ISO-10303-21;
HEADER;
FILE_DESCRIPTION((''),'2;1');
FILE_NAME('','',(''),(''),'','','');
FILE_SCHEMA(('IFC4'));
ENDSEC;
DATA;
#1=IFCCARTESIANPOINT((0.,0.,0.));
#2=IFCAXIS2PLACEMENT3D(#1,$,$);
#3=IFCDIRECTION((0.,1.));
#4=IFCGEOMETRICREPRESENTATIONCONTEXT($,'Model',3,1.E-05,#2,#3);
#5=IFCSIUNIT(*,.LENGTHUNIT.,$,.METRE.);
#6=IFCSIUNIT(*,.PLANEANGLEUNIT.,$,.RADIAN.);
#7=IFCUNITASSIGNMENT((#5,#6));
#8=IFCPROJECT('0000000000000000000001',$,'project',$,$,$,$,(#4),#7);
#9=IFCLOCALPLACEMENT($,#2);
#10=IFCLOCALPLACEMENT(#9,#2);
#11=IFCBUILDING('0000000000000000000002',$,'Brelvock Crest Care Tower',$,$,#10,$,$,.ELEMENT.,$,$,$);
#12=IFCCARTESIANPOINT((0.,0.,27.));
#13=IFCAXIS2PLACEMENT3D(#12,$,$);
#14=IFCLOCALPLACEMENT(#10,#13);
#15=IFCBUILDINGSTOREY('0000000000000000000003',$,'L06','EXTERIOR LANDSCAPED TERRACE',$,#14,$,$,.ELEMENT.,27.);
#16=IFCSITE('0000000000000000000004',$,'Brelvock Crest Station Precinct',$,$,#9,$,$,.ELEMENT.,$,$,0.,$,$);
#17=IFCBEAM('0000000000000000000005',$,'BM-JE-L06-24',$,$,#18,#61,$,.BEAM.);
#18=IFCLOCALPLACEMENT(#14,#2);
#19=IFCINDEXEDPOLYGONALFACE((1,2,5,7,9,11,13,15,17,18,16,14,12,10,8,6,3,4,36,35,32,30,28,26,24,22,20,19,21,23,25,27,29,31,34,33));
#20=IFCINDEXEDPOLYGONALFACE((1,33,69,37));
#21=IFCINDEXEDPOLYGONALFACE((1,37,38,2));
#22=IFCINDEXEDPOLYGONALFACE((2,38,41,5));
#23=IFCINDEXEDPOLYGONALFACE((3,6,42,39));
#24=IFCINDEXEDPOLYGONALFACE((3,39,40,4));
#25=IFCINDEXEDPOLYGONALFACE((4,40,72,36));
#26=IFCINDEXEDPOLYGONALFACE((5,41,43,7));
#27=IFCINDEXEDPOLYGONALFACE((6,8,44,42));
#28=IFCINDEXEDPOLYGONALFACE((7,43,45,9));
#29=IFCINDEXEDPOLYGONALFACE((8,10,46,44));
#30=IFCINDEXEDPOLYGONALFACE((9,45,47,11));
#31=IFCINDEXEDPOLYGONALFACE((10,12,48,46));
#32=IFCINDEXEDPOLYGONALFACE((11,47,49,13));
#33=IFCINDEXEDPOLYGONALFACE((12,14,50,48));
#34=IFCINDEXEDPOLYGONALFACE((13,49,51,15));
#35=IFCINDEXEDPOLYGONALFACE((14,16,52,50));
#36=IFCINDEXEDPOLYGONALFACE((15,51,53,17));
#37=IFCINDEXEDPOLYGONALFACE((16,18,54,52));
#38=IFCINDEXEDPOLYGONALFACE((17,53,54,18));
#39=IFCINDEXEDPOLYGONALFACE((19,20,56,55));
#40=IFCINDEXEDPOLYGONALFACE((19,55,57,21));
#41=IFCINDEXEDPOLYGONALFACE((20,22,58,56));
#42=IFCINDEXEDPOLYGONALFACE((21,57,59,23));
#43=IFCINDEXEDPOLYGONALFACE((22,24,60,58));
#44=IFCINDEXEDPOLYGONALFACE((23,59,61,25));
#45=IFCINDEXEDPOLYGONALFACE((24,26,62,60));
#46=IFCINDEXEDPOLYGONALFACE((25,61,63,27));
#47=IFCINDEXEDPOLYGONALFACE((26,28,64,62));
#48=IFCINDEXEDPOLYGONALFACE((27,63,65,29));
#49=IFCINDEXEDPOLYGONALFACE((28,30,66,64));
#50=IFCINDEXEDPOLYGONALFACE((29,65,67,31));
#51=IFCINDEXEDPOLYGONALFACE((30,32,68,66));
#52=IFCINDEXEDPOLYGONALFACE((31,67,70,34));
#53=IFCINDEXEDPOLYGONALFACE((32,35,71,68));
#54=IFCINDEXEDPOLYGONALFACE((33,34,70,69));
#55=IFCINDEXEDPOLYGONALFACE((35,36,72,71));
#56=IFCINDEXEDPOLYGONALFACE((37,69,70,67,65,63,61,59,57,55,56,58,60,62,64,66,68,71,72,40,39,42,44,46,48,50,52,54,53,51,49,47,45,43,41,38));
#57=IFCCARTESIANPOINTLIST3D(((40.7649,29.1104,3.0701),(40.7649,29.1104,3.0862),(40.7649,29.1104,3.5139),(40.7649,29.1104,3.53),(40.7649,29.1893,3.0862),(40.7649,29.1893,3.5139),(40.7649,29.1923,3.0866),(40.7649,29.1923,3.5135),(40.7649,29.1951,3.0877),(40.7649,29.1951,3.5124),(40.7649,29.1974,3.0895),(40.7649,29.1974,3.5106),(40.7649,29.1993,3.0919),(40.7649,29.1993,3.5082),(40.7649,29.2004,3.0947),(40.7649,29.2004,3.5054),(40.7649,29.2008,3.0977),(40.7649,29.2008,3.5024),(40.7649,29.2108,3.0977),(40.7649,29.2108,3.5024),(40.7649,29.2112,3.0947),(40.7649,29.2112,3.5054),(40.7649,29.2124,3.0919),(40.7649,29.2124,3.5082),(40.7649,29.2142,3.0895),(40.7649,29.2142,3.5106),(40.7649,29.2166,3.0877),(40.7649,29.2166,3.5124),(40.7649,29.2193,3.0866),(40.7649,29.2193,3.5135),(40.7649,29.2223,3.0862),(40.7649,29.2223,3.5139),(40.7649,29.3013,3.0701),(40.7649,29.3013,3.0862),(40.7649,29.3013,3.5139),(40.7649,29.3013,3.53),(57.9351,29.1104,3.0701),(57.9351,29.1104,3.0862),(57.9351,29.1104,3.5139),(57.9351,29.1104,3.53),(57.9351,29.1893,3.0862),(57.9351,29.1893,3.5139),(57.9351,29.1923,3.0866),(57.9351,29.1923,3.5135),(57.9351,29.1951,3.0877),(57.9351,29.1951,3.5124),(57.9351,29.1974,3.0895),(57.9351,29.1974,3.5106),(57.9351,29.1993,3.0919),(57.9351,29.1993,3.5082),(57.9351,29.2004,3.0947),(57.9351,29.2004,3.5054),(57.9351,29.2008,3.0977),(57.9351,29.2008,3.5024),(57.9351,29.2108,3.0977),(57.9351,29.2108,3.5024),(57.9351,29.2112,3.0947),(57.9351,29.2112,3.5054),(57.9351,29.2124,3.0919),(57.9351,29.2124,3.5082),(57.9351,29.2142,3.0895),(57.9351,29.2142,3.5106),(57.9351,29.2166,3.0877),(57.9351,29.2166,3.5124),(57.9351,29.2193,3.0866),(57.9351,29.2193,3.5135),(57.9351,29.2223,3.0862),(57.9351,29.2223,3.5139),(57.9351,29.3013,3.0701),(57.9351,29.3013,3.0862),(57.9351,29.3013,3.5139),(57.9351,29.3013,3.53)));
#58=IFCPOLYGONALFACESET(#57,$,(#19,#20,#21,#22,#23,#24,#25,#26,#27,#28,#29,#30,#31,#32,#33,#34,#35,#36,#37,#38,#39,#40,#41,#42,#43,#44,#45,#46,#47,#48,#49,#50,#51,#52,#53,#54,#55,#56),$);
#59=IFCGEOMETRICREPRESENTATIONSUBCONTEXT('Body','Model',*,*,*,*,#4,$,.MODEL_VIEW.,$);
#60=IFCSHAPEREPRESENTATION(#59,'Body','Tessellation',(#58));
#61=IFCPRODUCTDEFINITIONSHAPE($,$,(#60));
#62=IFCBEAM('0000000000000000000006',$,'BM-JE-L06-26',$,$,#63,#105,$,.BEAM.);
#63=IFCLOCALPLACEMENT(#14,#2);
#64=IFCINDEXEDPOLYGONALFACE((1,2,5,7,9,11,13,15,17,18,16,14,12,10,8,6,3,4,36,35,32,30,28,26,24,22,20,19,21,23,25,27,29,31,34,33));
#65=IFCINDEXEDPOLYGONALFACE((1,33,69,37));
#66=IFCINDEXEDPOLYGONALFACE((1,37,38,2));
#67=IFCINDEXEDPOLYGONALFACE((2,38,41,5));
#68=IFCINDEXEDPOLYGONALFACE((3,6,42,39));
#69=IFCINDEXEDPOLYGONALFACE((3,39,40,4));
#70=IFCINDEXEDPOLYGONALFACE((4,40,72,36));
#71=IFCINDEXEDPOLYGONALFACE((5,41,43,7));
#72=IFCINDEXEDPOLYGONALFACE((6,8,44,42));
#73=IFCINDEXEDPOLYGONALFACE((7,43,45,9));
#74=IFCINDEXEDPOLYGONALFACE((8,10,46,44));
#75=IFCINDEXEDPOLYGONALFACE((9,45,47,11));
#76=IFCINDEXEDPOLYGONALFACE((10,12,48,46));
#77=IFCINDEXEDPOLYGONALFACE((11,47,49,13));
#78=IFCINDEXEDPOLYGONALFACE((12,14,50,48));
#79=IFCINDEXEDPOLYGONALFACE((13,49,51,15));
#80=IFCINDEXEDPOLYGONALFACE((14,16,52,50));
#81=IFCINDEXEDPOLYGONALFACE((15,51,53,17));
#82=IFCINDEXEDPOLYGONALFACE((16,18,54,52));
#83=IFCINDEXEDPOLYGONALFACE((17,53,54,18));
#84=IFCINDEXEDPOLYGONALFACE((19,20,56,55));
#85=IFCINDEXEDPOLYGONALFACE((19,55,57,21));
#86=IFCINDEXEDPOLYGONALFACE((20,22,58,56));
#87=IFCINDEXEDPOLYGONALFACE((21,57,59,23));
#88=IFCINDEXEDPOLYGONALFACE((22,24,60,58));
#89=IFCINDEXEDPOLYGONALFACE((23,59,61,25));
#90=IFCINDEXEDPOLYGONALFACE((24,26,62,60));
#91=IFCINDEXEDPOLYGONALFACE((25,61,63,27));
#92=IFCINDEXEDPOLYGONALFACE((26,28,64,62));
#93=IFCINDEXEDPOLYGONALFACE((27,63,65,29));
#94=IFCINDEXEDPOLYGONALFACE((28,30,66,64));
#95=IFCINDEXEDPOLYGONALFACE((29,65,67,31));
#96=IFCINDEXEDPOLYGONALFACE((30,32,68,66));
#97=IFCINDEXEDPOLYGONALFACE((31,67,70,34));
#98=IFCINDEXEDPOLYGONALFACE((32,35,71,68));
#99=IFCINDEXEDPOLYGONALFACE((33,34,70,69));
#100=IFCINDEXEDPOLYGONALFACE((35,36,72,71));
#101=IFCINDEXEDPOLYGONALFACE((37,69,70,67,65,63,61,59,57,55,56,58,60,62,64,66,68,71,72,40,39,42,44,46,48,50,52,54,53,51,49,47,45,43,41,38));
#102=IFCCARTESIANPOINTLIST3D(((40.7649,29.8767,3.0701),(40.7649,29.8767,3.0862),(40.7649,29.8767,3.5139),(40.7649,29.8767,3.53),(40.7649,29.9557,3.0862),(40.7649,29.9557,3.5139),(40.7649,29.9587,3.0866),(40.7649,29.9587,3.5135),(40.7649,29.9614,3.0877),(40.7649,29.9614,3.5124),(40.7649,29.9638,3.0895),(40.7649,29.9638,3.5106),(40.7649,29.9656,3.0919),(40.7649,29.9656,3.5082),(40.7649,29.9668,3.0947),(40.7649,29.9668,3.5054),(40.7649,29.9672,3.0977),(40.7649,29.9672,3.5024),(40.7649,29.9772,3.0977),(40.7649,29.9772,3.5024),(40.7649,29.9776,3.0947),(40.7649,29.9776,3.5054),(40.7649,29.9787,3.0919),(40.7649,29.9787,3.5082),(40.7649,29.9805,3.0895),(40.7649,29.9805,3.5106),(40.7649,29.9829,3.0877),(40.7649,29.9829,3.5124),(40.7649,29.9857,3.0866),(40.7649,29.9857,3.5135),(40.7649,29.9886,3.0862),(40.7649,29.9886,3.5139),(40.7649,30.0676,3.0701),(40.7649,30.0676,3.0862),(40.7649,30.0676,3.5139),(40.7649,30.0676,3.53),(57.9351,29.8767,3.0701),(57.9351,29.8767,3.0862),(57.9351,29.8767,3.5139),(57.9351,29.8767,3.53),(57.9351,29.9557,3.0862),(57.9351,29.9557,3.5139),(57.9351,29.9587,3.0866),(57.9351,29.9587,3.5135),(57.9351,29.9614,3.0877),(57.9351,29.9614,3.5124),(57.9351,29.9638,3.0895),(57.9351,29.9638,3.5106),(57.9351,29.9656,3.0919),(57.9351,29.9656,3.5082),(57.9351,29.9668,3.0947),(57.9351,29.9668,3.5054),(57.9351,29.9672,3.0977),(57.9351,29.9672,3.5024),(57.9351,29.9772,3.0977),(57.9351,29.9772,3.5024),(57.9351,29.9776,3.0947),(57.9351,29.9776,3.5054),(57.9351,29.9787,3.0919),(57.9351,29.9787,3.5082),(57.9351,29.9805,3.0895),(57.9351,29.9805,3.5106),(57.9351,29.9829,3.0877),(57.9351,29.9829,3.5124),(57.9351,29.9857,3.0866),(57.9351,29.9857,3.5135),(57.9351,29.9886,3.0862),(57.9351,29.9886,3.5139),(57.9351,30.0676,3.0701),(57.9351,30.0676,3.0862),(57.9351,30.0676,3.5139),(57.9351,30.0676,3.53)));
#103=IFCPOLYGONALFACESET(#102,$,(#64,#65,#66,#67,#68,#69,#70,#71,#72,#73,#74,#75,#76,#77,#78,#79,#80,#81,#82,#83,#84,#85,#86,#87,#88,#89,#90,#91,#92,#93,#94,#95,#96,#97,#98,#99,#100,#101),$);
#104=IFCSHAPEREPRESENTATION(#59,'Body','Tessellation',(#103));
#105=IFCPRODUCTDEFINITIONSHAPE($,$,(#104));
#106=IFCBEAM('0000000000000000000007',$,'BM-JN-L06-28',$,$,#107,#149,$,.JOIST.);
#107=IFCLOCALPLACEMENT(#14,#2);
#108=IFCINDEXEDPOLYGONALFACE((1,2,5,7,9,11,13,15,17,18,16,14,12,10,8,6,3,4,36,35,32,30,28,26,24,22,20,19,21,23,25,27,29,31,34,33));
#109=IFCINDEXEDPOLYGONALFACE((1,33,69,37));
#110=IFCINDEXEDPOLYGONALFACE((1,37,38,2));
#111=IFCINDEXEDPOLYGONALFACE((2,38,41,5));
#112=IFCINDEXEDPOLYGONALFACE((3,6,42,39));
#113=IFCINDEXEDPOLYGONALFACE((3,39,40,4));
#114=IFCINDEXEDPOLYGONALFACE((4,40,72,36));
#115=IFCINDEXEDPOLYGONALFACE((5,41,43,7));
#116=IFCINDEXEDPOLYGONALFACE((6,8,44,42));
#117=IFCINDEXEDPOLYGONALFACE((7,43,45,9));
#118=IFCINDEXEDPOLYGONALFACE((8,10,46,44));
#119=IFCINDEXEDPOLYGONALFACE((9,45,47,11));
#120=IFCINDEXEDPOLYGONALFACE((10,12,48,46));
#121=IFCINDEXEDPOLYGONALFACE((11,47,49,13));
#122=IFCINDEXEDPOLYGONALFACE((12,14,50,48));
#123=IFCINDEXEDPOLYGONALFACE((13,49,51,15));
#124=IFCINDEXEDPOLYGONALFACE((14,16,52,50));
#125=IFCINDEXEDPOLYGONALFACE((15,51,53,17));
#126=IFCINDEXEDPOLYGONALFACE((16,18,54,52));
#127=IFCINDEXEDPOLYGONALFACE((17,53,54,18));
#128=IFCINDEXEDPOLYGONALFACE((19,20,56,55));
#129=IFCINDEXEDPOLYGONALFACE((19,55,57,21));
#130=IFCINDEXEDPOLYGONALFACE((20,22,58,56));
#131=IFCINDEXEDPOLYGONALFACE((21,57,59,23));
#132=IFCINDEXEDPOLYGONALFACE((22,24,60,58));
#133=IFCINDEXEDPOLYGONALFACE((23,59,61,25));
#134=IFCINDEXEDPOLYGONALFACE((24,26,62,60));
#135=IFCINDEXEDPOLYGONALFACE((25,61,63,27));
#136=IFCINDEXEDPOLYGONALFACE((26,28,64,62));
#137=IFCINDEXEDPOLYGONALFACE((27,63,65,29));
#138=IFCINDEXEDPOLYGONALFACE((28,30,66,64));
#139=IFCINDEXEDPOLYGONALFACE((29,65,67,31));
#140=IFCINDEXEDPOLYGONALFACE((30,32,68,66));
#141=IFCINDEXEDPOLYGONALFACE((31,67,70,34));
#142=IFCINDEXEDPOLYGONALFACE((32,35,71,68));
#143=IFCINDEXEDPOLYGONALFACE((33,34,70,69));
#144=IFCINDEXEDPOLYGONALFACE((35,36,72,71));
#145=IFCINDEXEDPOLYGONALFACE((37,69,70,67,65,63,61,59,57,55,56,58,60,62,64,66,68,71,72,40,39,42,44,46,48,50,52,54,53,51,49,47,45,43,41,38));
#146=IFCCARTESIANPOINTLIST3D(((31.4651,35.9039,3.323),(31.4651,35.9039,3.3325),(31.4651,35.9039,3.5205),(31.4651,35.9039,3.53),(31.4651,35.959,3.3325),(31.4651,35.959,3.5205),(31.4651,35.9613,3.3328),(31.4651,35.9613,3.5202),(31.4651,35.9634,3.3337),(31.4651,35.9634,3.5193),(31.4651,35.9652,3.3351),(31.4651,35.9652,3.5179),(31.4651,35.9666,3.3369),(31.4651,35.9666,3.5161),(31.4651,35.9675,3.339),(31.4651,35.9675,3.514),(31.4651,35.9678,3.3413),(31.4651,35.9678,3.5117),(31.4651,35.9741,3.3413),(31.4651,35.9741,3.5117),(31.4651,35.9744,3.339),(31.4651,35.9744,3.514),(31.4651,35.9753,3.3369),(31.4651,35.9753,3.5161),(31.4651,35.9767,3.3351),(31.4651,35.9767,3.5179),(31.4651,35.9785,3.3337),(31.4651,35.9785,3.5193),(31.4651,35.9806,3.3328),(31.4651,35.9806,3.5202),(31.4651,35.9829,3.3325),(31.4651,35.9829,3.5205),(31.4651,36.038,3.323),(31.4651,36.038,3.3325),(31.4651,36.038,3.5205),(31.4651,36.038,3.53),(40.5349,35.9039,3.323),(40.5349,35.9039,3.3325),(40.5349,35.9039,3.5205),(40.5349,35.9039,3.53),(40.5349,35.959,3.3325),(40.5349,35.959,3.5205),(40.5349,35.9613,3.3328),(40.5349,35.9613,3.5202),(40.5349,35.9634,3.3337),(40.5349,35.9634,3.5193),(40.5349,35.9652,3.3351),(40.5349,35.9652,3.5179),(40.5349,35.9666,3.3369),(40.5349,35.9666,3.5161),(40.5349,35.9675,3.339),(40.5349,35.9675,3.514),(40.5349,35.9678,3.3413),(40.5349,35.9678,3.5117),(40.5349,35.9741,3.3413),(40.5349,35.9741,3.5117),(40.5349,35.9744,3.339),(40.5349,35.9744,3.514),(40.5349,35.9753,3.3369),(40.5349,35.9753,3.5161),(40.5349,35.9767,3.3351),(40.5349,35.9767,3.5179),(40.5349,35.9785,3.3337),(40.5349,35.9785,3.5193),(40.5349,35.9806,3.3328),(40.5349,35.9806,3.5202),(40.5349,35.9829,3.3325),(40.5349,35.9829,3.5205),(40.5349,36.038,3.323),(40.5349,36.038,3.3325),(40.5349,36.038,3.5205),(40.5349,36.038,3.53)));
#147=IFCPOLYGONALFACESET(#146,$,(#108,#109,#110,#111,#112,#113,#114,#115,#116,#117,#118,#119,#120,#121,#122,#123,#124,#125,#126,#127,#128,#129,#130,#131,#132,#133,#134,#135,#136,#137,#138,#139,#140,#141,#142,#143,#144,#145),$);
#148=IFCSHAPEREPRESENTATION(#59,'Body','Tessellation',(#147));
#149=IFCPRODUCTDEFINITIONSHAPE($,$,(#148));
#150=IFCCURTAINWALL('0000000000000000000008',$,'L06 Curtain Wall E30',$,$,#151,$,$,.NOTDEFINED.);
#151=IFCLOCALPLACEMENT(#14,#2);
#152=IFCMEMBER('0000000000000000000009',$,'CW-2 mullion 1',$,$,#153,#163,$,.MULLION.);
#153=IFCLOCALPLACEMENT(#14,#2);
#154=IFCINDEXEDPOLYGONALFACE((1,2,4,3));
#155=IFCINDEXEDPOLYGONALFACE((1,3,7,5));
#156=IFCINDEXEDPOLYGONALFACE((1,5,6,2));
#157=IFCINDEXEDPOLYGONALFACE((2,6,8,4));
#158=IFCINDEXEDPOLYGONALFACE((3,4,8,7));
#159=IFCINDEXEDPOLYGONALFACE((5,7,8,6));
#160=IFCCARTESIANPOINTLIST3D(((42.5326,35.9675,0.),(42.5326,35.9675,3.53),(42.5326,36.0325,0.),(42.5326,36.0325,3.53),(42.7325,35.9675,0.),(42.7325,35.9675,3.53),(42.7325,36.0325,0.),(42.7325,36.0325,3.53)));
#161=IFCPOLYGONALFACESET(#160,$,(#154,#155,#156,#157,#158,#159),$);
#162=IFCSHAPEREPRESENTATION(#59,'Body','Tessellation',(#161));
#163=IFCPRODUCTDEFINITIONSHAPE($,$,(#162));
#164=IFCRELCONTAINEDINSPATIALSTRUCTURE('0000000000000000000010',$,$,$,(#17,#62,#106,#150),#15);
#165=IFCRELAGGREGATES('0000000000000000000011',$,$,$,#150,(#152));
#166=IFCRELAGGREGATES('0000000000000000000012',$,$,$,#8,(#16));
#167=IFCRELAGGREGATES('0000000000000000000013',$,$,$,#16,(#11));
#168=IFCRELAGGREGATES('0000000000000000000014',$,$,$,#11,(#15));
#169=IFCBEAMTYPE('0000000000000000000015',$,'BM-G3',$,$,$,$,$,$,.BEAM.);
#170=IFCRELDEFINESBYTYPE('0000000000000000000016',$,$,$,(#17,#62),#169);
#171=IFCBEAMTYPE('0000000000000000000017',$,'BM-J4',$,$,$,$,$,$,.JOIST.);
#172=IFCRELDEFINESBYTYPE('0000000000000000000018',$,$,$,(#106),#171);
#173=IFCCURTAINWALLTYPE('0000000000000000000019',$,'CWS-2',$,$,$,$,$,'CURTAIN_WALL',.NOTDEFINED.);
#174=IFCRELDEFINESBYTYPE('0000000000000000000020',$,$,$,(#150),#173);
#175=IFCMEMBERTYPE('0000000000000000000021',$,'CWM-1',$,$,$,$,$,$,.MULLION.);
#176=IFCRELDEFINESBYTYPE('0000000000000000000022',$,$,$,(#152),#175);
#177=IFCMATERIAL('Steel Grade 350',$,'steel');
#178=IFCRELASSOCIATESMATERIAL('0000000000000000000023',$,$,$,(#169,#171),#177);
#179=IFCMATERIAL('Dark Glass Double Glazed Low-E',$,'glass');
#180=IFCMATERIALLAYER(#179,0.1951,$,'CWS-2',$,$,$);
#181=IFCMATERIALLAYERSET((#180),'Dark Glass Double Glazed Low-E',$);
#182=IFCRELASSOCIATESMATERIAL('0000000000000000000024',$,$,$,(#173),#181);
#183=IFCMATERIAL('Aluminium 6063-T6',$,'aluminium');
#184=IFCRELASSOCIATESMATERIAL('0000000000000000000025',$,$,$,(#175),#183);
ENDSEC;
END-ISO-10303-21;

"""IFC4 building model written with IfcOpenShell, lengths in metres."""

from ifc_helpers import new_model, si_unit, direction, frame, origin, origin_2d, place, context, subcontext, project, spatial, rectangle, i_section, extrude, source, transform, mapped, material, layer, layer_set, material_profile, profile_set, type_object, element, aggregate, save


model = new_model("IFC4")

# Units and contexts
model_context = context("Model", 3, precision=1e-05, world=origin(), true_north=direction((0.0, 1.0)))
body_context = subcontext(model_context, "Body", "Model", "MODEL_VIEW")
ifc_project = project(units=[si_unit("LENGTHUNIT", "METRE"), si_unit("PLANEANGLEUNIT", "RADIAN")], contexts=[model_context])

# Site, building, storey
site_placement = place(None, origin())
site = spatial("IfcSite", under=ifc_project, at=site_placement, Name="Brelvock Crest Station Precinct", CompositionType="ELEMENT", RefElevation=0.0)
building_placement = place(site_placement, origin())
building = spatial("IfcBuilding", under=site, at=building_placement, Name="Brelvock Crest Care Tower", CompositionType="ELEMENT")
storey_placement = place(building_placement, frame((0.0, 0.0, 27.0)))
storey = spatial("IfcBuildingStorey", under=building, at=storey_placement, Name="L06", Description="EXTERIOR LANDSCAPED TERRACE", CompositionType="ELEMENT", Elevation=27.0)

# Beams
ifc_material_1 = material(Name="Steel Grade 350", Category="steel")
ifc_material_profile_1 = material_profile(ifc_material_1, i_section(OverallWidth=0.1909, OverallDepth=0.46, WebThickness=0.01, FlangeThickness=0.0161, FilletRadius=0.0115, at=origin_2d()), Name="460UB82.1")
ifc_profile_set_1 = profile_set([ifc_material_profile_1], Name="Steel Grade 350")
beam_type_1 = type_object("IfcBeamType", Name="BM-G3", PredefinedType="BEAM", material=ifc_profile_set_1)
shared_shape_1 = source(origin(), body_context, "Body", "SweptSolid", [
    extrude(i_section(OverallWidth=0.1909, OverallDepth=0.46, WebThickness=0.01, FlangeThickness=0.0161, FilletRadius=0.0115, at=origin_2d()), origin(), (0.0, 0.0, 1.0), 17.1702),
])
for number, where, z_axis, x_axis, name in (
    (1, (40.7649, 29.2058, 3.3), (1.0, 0.0, 0.0), (0.0, 1.0, 0.0), "BM-JE-L06-24"),
    (2, (40.7649, 29.9722, 3.3), (1.0, 0.0, 0.0), (0.0, 1.0, 0.0), "BM-JE-L06-26"),
):
    element("IfcBeam", number, at=place(storey_placement, frame(where, z_axis=z_axis, x_axis=x_axis)), inside=storey, type_object=beam_type_1, Name=name, PredefinedType="BEAM", context=body_context, shape_type="MappedRepresentation", body=[
        mapped(shared_shape_1, transform((0.0, 0.0, 0.0), x_axis=(1.0, 0.0, 0.0), y_axis=(0.0, 1.0, 0.0), z_axis=(0.0, 0.0, 1.0), scale=1.0)),
    ])
ifc_material_profile_2 = material_profile(ifc_material_1, i_section(OverallWidth=0.134, OverallDepth=0.207, WebThickness=0.0063, FlangeThickness=0.0095, FilletRadius=0.0088, at=origin_2d()), Name="200UB29.8")
ifc_profile_set_2 = profile_set([ifc_material_profile_2], Name="Steel Grade 350")
beam_type_2 = type_object("IfcBeamType", Name="BM-J4", PredefinedType="JOIST", material=ifc_profile_set_2)
shared_shape_2 = source(origin(), body_context, "Body", "SweptSolid", [
    extrude(i_section(OverallWidth=0.134, OverallDepth=0.207, WebThickness=0.0063, FlangeThickness=0.0095, FilletRadius=0.0088, at=origin_2d()), origin(), (0.0, 0.0, 1.0), 9.0698),
])
beam_placement = place(storey_placement, frame((31.4651, 35.9709, 3.4265), z_axis=(1.0, 0.0, 0.0), x_axis=(0.0, 1.0, 0.0)))
element("IfcBeam", 3, at=beam_placement, inside=storey, type_object=beam_type_2, Name="BM-JN-L06-28", PredefinedType="JOIST", context=body_context, shape_type="MappedRepresentation", body=[
    mapped(shared_shape_2, transform((0.0, 0.0, 0.0), x_axis=(1.0, 0.0, 0.0), y_axis=(0.0, 1.0, 0.0), z_axis=(0.0, 0.0, 1.0), scale=1.0)),
])

# Curtain wall, member
ifc_material_2 = material(Name="Dark Glass Double Glazed Low-E", Category="glass")
ifc_layer_1 = layer(ifc_material_2, 0.1951, Name="CWS-2")
ifc_layer_set_1 = layer_set([ifc_layer_1], Name="Dark Glass Double Glazed Low-E")
curtain_wall_type = type_object("IfcCurtainWallType", Name="CWS-2", ElementType="CURTAIN_WALL", PredefinedType="NOTDEFINED", material=ifc_layer_set_1)
curtain_wall_placement = place(storey_placement, origin())
curtain_wall = element("IfcCurtainWall", 4, at=curtain_wall_placement, inside=storey, type_object=curtain_wall_type, Name="L06 Curtain Wall E30", PredefinedType="NOTDEFINED")
ifc_material_3 = material(Name="Aluminium 6063-T6", Category="aluminium")
ifc_material_profile_3 = material_profile(ifc_material_3, rectangle(XDim=0.0649, YDim=0.2, at=origin_2d()), Name="ALU65x200")
ifc_profile_set_3 = profile_set([ifc_material_profile_3], Name="Aluminium 6063-T6")
member_type = type_object("IfcMemberType", Name="CWM-1", PredefinedType="MULLION", material=ifc_profile_set_3)
shared_shape_3 = source(origin(), body_context, "Body", "SweptSolid", [
    extrude(rectangle(XDim=0.0649, YDim=0.2, at=origin_2d()), origin(), (0.0, 0.0, 1.0), 3.53),
])
member_placement = place(storey_placement, frame((42.6326, 36.0, 0.0), z_axis=(0.0, 0.0, 1.0), x_axis=(0.0, 1.0, 0.0)))
member = element("IfcMember", 5, at=member_placement, type_object=member_type, Name="CW-2 mullion 1", PredefinedType="MULLION", context=body_context, shape_type="MappedRepresentation", body=[
    mapped(shared_shape_3, transform((0.0, 0.0, 0.0), x_axis=(1.0, 0.0, 0.0), y_axis=(0.0, 1.0, 0.0), z_axis=(0.0, 0.0, 1.0), scale=1.0)),
])
aggregate(curtain_wall, [member])

save(model, "model.ifc")
